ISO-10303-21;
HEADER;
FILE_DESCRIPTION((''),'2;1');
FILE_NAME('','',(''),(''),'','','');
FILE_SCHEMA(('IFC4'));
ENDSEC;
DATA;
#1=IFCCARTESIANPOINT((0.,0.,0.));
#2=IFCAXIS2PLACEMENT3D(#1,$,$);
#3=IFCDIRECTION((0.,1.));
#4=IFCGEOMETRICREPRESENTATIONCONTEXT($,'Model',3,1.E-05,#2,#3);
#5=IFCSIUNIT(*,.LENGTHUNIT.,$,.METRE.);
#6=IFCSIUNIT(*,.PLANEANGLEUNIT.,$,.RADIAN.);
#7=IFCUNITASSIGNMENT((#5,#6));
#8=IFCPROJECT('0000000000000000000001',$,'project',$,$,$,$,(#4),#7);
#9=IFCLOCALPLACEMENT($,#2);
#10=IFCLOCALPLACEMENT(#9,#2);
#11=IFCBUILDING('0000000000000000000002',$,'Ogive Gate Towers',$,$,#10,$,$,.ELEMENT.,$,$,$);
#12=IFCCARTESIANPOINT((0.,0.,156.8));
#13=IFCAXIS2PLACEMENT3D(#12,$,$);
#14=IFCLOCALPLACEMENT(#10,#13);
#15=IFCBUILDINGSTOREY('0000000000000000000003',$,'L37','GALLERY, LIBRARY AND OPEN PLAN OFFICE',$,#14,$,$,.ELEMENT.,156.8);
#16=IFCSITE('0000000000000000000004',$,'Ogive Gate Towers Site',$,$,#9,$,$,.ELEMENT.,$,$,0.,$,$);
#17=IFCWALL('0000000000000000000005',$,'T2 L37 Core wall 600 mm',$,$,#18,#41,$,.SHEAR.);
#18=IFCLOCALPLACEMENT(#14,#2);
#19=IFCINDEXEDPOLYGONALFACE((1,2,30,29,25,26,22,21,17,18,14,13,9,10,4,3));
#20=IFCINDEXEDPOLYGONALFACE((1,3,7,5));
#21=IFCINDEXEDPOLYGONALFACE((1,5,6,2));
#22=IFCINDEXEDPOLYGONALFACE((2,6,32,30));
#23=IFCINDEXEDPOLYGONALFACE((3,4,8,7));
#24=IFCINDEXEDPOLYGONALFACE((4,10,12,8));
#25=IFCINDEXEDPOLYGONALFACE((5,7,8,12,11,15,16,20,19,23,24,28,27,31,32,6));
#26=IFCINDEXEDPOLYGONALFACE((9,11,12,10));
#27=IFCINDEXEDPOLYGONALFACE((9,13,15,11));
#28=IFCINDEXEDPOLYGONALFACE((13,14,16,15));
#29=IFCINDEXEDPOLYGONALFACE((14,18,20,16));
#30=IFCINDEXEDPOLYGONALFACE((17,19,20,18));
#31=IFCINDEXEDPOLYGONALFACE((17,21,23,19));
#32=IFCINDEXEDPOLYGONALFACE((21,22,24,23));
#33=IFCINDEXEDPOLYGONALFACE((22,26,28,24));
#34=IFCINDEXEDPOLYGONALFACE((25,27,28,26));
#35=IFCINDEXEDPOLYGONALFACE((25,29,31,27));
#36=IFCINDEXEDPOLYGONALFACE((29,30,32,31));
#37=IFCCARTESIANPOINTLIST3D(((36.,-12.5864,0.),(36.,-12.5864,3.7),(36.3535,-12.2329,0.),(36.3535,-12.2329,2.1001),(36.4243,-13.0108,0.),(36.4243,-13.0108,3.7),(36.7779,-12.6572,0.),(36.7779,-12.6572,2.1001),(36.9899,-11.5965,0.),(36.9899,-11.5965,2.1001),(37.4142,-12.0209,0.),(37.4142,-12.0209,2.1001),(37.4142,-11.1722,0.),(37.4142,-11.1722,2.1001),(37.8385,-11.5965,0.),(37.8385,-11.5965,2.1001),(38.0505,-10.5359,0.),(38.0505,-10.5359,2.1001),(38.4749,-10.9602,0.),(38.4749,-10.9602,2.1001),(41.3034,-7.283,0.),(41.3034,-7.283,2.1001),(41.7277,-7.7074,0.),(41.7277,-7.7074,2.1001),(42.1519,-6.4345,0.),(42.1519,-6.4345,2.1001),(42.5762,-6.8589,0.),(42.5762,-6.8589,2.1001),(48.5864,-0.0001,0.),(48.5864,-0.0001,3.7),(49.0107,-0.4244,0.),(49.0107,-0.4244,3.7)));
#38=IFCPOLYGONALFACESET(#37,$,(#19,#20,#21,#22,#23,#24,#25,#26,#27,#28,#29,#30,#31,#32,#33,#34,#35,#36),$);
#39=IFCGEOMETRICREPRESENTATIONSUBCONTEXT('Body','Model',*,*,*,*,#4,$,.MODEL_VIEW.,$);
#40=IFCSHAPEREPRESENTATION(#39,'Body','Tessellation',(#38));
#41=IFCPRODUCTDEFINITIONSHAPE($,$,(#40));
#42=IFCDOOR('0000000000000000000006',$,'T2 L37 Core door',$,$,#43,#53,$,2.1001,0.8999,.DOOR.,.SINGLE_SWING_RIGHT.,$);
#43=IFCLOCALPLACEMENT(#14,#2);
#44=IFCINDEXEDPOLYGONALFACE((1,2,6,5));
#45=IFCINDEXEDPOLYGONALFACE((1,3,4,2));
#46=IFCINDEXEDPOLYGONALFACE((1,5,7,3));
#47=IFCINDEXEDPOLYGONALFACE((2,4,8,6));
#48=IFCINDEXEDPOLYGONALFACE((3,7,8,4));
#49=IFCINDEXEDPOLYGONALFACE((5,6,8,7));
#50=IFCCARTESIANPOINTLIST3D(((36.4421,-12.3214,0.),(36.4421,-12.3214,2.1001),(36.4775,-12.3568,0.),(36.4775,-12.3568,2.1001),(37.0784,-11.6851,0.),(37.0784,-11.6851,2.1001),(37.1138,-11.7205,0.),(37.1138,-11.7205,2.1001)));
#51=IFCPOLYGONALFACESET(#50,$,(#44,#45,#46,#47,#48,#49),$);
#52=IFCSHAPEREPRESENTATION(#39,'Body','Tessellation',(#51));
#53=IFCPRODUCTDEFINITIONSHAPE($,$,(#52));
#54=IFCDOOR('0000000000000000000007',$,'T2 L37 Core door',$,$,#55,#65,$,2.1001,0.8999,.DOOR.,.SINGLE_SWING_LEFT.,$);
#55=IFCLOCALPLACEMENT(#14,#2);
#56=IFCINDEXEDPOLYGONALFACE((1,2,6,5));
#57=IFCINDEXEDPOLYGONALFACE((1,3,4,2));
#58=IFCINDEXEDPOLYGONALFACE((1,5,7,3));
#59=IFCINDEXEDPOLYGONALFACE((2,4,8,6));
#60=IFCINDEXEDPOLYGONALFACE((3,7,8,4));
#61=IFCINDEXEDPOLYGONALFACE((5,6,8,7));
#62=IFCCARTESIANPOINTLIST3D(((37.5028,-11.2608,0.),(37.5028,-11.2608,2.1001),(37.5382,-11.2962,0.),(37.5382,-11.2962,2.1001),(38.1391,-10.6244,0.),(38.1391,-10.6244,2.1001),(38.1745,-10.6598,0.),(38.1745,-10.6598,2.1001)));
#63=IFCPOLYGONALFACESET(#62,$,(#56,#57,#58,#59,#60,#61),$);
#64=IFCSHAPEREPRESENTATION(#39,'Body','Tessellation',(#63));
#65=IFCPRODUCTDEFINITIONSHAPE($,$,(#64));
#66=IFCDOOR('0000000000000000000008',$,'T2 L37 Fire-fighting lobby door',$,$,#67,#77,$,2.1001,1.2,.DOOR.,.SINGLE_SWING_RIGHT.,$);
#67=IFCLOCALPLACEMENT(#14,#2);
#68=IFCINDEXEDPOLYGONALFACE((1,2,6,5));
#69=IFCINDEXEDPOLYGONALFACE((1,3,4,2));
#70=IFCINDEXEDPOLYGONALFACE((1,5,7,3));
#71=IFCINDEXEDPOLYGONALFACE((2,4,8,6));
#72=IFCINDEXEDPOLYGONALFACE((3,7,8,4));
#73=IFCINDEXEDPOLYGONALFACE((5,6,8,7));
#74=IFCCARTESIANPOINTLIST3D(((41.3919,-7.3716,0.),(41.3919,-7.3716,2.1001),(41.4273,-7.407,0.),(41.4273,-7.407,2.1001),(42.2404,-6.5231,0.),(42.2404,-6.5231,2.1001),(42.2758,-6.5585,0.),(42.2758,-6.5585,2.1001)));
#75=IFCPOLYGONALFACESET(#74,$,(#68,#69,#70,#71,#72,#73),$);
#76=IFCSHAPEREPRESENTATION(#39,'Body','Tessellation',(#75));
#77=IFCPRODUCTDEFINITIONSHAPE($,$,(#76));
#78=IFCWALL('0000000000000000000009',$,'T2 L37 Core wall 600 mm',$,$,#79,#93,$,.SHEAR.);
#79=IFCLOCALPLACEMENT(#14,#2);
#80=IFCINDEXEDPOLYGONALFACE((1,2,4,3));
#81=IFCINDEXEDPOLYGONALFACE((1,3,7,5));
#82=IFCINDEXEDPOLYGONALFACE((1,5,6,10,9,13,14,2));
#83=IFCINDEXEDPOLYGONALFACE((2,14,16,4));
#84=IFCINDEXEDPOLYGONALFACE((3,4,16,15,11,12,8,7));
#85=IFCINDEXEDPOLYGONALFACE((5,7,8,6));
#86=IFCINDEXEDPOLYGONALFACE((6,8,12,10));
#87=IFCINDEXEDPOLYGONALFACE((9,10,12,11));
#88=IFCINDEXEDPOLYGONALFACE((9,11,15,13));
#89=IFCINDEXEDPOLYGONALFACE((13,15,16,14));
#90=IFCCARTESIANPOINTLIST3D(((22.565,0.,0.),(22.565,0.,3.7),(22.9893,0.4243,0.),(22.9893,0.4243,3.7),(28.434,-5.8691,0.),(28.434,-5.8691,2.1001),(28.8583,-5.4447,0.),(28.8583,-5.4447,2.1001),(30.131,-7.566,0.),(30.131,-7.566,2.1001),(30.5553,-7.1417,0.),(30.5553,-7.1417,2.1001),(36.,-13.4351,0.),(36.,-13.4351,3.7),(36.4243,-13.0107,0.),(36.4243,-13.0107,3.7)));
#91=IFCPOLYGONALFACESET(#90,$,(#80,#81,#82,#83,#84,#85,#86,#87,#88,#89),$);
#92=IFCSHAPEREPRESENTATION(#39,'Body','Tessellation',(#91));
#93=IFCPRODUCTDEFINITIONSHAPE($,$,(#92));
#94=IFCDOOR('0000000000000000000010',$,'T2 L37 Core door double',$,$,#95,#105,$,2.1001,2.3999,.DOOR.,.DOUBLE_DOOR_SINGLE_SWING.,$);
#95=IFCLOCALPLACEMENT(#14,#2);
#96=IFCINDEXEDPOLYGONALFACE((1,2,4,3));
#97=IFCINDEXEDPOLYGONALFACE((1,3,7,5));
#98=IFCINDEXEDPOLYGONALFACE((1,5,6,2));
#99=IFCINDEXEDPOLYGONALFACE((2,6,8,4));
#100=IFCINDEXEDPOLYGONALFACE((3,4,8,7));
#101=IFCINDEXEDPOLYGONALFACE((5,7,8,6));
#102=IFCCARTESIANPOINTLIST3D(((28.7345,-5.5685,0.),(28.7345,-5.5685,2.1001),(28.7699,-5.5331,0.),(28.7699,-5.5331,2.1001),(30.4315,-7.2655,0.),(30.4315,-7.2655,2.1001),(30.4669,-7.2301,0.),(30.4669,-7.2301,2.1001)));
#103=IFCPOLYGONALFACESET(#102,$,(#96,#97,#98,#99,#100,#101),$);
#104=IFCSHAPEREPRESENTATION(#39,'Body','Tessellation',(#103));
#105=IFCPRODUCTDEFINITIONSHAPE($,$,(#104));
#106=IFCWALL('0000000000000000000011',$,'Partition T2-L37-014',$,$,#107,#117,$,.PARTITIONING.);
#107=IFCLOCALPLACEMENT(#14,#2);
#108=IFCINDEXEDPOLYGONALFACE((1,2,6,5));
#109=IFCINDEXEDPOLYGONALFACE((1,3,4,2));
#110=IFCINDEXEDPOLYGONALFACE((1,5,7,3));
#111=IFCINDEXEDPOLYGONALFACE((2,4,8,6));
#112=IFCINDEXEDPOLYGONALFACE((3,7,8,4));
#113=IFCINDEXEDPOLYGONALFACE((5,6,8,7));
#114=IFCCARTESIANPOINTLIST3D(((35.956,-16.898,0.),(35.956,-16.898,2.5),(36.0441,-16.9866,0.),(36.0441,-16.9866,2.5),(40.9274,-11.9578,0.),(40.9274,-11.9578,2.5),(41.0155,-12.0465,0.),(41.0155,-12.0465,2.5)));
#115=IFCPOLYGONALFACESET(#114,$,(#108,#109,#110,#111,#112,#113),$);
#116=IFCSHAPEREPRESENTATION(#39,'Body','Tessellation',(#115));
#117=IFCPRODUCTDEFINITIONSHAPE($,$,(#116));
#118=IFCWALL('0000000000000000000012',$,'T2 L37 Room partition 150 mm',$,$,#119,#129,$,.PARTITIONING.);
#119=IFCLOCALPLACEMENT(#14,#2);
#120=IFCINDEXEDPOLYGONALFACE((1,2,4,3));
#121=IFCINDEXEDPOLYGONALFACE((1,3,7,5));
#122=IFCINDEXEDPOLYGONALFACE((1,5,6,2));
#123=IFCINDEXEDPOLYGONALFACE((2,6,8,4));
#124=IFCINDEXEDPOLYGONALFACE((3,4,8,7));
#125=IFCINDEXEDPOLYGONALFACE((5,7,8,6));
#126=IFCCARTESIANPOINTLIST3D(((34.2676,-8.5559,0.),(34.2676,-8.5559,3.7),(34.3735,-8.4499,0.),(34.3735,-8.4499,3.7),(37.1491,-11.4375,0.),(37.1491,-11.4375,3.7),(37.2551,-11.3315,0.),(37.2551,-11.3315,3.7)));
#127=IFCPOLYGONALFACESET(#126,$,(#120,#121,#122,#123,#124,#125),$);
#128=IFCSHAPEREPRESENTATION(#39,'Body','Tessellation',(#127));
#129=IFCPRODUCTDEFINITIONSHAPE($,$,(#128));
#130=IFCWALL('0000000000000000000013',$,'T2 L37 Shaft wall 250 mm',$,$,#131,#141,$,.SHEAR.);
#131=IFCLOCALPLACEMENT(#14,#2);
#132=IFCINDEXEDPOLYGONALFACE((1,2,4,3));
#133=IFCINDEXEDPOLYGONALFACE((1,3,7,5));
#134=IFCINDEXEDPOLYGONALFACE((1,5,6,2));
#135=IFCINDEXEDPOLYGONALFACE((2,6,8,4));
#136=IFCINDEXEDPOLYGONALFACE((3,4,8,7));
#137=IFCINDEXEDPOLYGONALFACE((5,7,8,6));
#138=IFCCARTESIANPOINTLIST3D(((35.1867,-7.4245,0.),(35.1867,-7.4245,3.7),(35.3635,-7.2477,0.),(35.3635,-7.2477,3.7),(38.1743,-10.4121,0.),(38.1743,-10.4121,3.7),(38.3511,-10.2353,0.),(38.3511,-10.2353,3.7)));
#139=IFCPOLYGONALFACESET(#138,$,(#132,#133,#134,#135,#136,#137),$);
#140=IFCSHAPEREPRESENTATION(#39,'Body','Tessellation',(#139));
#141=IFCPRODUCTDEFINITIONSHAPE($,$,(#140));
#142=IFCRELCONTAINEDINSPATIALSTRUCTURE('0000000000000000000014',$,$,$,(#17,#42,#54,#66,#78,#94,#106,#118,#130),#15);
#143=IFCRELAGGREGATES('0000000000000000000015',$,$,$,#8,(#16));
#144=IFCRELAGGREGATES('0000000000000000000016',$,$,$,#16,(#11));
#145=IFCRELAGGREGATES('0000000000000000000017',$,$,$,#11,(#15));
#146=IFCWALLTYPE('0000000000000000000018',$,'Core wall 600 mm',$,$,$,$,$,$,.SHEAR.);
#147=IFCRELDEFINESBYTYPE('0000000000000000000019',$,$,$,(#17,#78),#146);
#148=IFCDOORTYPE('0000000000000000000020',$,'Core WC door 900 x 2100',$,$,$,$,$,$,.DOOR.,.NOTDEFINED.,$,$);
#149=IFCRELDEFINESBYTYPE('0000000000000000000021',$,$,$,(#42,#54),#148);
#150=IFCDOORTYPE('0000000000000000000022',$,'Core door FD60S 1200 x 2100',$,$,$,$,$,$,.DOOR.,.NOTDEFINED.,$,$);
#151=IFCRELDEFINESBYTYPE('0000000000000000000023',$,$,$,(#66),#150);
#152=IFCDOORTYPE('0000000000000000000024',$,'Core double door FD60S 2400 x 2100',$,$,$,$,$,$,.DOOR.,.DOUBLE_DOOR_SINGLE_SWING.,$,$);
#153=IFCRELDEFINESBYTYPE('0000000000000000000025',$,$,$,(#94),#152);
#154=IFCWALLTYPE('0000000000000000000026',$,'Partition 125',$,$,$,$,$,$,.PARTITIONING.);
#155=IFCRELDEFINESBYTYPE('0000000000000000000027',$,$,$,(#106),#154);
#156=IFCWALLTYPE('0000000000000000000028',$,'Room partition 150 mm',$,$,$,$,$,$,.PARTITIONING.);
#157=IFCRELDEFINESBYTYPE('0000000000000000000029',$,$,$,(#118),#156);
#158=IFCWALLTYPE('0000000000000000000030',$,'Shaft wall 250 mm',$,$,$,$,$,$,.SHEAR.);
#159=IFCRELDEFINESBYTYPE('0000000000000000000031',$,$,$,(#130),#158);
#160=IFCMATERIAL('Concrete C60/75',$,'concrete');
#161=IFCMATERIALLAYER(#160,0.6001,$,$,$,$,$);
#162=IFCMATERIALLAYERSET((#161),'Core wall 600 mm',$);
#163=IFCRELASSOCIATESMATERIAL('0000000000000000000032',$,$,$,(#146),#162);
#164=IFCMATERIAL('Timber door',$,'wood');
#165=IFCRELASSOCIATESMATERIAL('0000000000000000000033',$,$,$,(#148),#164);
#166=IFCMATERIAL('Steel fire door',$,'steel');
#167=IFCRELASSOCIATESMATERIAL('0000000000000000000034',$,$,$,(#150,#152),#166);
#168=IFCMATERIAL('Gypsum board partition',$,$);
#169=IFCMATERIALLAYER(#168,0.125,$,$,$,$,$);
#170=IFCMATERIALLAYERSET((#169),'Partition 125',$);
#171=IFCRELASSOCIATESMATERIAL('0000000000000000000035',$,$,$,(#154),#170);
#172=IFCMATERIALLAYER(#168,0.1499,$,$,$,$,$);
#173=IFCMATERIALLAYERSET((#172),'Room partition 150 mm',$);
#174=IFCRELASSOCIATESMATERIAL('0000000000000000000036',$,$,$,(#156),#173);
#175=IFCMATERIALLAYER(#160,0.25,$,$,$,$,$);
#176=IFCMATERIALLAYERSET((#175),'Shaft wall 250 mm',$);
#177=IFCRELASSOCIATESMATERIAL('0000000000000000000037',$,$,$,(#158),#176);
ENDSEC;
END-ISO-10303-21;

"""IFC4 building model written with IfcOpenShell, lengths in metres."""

from ifc_helpers import new_model, si_unit, direction, frame, frame_2d, origin, place, context, subcontext, project, spatial, rectangle, extrude, material, layer, layer_set, type_object, element, fill, save


model = new_model("IFC4")

# Units and contexts
model_context = context("Model", 3, precision=1e-05, world=origin(), true_north=direction((0.0, 1.0)))
body_context = subcontext(model_context, "Body", "Model", "MODEL_VIEW")
ifc_project = project(units=[si_unit("LENGTHUNIT", "METRE"), si_unit("PLANEANGLEUNIT", "RADIAN")], contexts=[model_context])

# Site, building, storey
site_placement = place(None, origin())
site = spatial("IfcSite", under=ifc_project, at=site_placement, Name="Ogive Gate Towers Site", CompositionType="ELEMENT", RefElevation=0.0)
building_placement = place(site_placement, origin())
building = spatial("IfcBuilding", under=site, at=building_placement, Name="Ogive Gate Towers", CompositionType="ELEMENT")
storey_placement = place(building_placement, frame((0.0, 0.0, 156.8)))
storey = spatial("IfcBuildingStorey", under=building, at=storey_placement, Name="L37", Description="GALLERY, LIBRARY AND OPEN PLAN OFFICE", CompositionType="ELEMENT", Elevation=156.8)

# Shared definitions
ifc_material_1 = material(Name="Timber door", Category="wood")

# Wall, openings, doors
ifc_material_2 = material(Name="Concrete C60/75", Category="concrete")
ifc_layer_1 = layer(ifc_material_2, 0.6001)
ifc_layer_set_1 = layer_set([ifc_layer_1], Name="Core wall 600 mm")
wall_type_1 = type_object("IfcWallType", Name="Core wall 600 mm", PredefinedType="SHEAR", material=ifc_layer_set_1)
wall_1_placement = place(storey_placement, frame((36.2122, -12.7986, 0.0), z_axis=(0.0, 0.0, 1.0), x_axis=(0.707107, 0.707107, 0.0)))
wall_1 = element("IfcWall", 1, at=wall_1_placement, inside=storey, type_object=wall_type_1, Name="T2 L37 Core wall 600 mm", PredefinedType="SHEAR", context=body_context, shape_type="SweptSolid", body=[
    extrude(rectangle(XDim=17.7998, YDim=0.6001, at=frame_2d((8.8999, 0.0))), origin(), (0.0, 0.0, 1.0), 3.7),
])
opening_1_placement = place(wall_1_placement, frame((7.5, 0.0, 0.0)))
opening_1 = element("IfcOpeningElement", 2, at=opening_1_placement, cuts=wall_1, PredefinedType="OPENING", context=body_context, shape_type="SweptSolid", body=[
    extrude(rectangle(XDim=1.2, YDim=2.1001, at=frame_2d((0.6001, 1.05))), frame((0.0, 0.3101, 0.0), z_axis=(0.0, -1.0, 0.0), x_axis=(1.0, 0.0, 0.0)), (0.0, 0.0, 1.0), 0.6201),
])
opening_2_placement = place(wall_1_placement, frame((0.5, 0.0, 0.0)))
opening_2 = element("IfcOpeningElement", 3, at=opening_2_placement, cuts=wall_1, PredefinedType="OPENING", context=body_context, shape_type="SweptSolid", body=[
    extrude(rectangle(XDim=0.8999, YDim=2.1001, at=frame_2d((0.45, 1.05))), frame((0.0, 0.3101, 0.0), z_axis=(0.0, -1.0, 0.0), x_axis=(1.0, 0.0, 0.0)), (0.0, 0.0, 1.0), 0.6201),
])
opening_3_placement = place(wall_1_placement, frame((2.0, 0.0, 0.0)))
opening_3 = element("IfcOpeningElement", 4, at=opening_3_placement, cuts=wall_1, PredefinedType="OPENING", context=body_context, shape_type="SweptSolid", body=[
    extrude(rectangle(XDim=0.8999, YDim=2.1001, at=frame_2d((0.45, 1.05))), frame((0.0, 0.3101, 0.0), z_axis=(0.0, -1.0, 0.0), x_axis=(1.0, 0.0, 0.0)), (0.0, 0.0, 1.0), 0.6201),
])
door_type_1 = type_object("IfcDoorType", Name="Core WC door 900 x 2100", OperationType="NOTDEFINED", PredefinedType="DOOR", material=ifc_material_1)
door_1_placement = place(opening_2_placement, origin())
door_1 = element("IfcDoor", 5, at=door_1_placement, inside=storey, type_object=door_type_1, Name="T2 L37 Core door", OperationType="SINGLE_SWING_RIGHT", OverallHeight=2.1001, OverallWidth=0.8999, PredefinedType="DOOR", context=body_context, shape_type="SweptSolid", body=[
    extrude(rectangle(XDim=0.8999, YDim=2.1001, at=frame_2d((0.45, 1.05))), frame((0.0, 0.1748, 0.0), z_axis=(0.0, -1.0, 0.0), x_axis=(1.0, 0.0, 0.0)), (0.0, 0.0, 1.0), 0.05),
])
fill(opening_2, door_1)
door_2_placement = place(opening_3_placement, origin())
door_2 = element("IfcDoor", 6, at=door_2_placement, inside=storey, type_object=door_type_1, Name="T2 L37 Core door", OperationType="SINGLE_SWING_LEFT", OverallHeight=2.1001, OverallWidth=0.8999, PredefinedType="DOOR", context=body_context, shape_type="SweptSolid", body=[
    extrude(rectangle(XDim=0.8999, YDim=2.1001, at=frame_2d((0.45, 1.05))), frame((0.0, 0.1748, 0.0), z_axis=(0.0, -1.0, 0.0), x_axis=(1.0, 0.0, 0.0)), (0.0, 0.0, 1.0), 0.05),
])
fill(opening_3, door_2)
ifc_material_3 = material(Name="Steel fire door", Category="steel")
door_type_2 = type_object("IfcDoorType", Name="Core door FD60S 1200 x 2100", OperationType="NOTDEFINED", PredefinedType="DOOR", material=ifc_material_3)
door_3_placement = place(opening_1_placement, origin())
door_3 = element("IfcDoor", 7, at=door_3_placement, inside=storey, type_object=door_type_2, Name="T2 L37 Fire-fighting lobby door", OperationType="SINGLE_SWING_RIGHT", OverallHeight=2.1001, OverallWidth=1.2, PredefinedType="DOOR", context=body_context, shape_type="SweptSolid", body=[
    extrude(rectangle(XDim=1.2, YDim=2.1001, at=frame_2d((0.6001, 1.05))), frame((0.0, 0.1748, 0.0), z_axis=(0.0, -1.0, 0.0), x_axis=(1.0, 0.0, 0.0)), (0.0, 0.0, 1.0), 0.05),
])
fill(opening_1, door_3)

# Wall, opening, door
wall_2_placement = place(storey_placement, frame((36.2122, -13.2229, 0.0), z_axis=(0.0, 0.0, 1.0), x_axis=(-0.707107, 0.707107, 0.0)))
wall_2 = element("IfcWall", 8, at=wall_2_placement, inside=storey, type_object=wall_type_1, Name="T2 L37 Core wall 600 mm", PredefinedType="SHEAR", context=body_context, shape_type="SweptSolid", body=[
    extrude(rectangle(XDim=19.0, YDim=0.6001, at=frame_2d((9.5, 0.0))), origin(), (0.0, 0.0, 1.0), 3.7),
])
opening_4_placement = place(wall_2_placement, frame((8.3, 0.0, 0.0)))
opening_4 = element("IfcOpeningElement", 9, at=opening_4_placement, cuts=wall_2, PredefinedType="OPENING", context=body_context, shape_type="SweptSolid", body=[
    extrude(rectangle(XDim=2.3999, YDim=2.1001, at=frame_2d((1.2, 1.05))), frame((0.0, 0.3101, 0.0), z_axis=(0.0, -1.0, 0.0), x_axis=(1.0, 0.0, 0.0)), (0.0, 0.0, 1.0), 0.6201),
])
door_type_3 = type_object("IfcDoorType", Name="Core double door FD60S 2400 x 2100", OperationType="DOUBLE_DOOR_SINGLE_SWING", PredefinedType="DOOR", material=ifc_material_3)
door_4_placement = place(opening_4_placement, origin())
door_4 = element("IfcDoor", 10, at=door_4_placement, inside=storey, type_object=door_type_3, Name="T2 L37 Core door double", OperationType="DOUBLE_DOOR_SINGLE_SWING", OverallHeight=2.1001, OverallWidth=2.3999, PredefinedType="DOOR", context=body_context, shape_type="SweptSolid", body=[
    extrude(rectangle(XDim=2.3999, YDim=2.1001, at=frame_2d((1.2, 1.05))), frame((0.0, -0.125, 0.0), z_axis=(0.0, -1.0, 0.0), x_axis=(1.0, 0.0, 0.0)), (0.0, 0.0, 1.0), 0.05),
])
fill(opening_4, door_4)

# Walls
ifc_material_4 = material(Name="Gypsum board partition")
ifc_layer_2 = layer(ifc_material_4, 0.125)
ifc_layer_set_2 = layer_set([ifc_layer_2], Name="Partition 125")
wall_type_2 = type_object("IfcWallType", Name="Partition 125", PredefinedType="PARTITIONING", material=ifc_layer_set_2)
wall_3_placement = place(storey_placement, frame((36.0, -16.9424, 0.0), z_axis=(0.0, 0.0, 1.0), x_axis=(0.709333, 0.704874, 0.0)))
element("IfcWall", 11, at=wall_3_placement, inside=storey, type_object=wall_type_2, Name="Partition T2-L37-014", PredefinedType="PARTITIONING", context=body_context, shape_type="SweptSolid", body=[
    extrude(rectangle(XDim=7.0085, YDim=0.125, at=frame_2d((3.5044, 0.0))), origin(), (0.0, 0.0, 1.0), 2.5),
])
ifc_layer_3 = layer(ifc_material_4, 0.1499)
ifc_layer_set_3 = layer_set([ifc_layer_3], Name="Room partition 150 mm")
wall_type_3 = type_object("IfcWallType", Name="Room partition 150 mm", PredefinedType="PARTITIONING", material=ifc_layer_set_3)
wall_4_placement = place(storey_placement, frame((37.2021, -11.3845, 0.0), z_axis=(0.0, 0.0, 1.0), x_axis=(-0.707107, 0.707107, 0.0)))
element("IfcWall", 12, at=wall_4_placement, inside=storey, type_object=wall_type_3, Name="T2 L37 Room partition 150 mm", PredefinedType="PARTITIONING", context=body_context, shape_type="SweptSolid", body=[
    extrude(rectangle(XDim=4.0752, YDim=0.1499, at=frame_2d((2.0376, 0.0))), origin(), (0.0, 0.0, 1.0), 3.7),
])
ifc_layer_4 = layer(ifc_material_2, 0.25)
ifc_layer_set_4 = layer_set([ifc_layer_4], Name="Shaft wall 250 mm")
wall_type_4 = type_object("IfcWallType", Name="Shaft wall 250 mm", PredefinedType="SHEAR", material=ifc_layer_set_4)
wall_5_placement = place(storey_placement, frame((38.2627, -10.3237, 0.0), z_axis=(0.0, 0.0, 1.0), x_axis=(-0.707107, 0.707107, 0.0)))
element("IfcWall", 13, at=wall_5_placement, inside=storey, type_object=wall_type_4, Name="T2 L37 Shaft wall 250 mm", PredefinedType="SHEAR", context=body_context, shape_type="SweptSolid", body=[
    extrude(rectangle(XDim=4.2251, YDim=0.25, at=frame_2d((2.1125, 0.0))), origin(), (0.0, 0.0, 1.0), 3.7),
])

save(model, "model.ifc")
